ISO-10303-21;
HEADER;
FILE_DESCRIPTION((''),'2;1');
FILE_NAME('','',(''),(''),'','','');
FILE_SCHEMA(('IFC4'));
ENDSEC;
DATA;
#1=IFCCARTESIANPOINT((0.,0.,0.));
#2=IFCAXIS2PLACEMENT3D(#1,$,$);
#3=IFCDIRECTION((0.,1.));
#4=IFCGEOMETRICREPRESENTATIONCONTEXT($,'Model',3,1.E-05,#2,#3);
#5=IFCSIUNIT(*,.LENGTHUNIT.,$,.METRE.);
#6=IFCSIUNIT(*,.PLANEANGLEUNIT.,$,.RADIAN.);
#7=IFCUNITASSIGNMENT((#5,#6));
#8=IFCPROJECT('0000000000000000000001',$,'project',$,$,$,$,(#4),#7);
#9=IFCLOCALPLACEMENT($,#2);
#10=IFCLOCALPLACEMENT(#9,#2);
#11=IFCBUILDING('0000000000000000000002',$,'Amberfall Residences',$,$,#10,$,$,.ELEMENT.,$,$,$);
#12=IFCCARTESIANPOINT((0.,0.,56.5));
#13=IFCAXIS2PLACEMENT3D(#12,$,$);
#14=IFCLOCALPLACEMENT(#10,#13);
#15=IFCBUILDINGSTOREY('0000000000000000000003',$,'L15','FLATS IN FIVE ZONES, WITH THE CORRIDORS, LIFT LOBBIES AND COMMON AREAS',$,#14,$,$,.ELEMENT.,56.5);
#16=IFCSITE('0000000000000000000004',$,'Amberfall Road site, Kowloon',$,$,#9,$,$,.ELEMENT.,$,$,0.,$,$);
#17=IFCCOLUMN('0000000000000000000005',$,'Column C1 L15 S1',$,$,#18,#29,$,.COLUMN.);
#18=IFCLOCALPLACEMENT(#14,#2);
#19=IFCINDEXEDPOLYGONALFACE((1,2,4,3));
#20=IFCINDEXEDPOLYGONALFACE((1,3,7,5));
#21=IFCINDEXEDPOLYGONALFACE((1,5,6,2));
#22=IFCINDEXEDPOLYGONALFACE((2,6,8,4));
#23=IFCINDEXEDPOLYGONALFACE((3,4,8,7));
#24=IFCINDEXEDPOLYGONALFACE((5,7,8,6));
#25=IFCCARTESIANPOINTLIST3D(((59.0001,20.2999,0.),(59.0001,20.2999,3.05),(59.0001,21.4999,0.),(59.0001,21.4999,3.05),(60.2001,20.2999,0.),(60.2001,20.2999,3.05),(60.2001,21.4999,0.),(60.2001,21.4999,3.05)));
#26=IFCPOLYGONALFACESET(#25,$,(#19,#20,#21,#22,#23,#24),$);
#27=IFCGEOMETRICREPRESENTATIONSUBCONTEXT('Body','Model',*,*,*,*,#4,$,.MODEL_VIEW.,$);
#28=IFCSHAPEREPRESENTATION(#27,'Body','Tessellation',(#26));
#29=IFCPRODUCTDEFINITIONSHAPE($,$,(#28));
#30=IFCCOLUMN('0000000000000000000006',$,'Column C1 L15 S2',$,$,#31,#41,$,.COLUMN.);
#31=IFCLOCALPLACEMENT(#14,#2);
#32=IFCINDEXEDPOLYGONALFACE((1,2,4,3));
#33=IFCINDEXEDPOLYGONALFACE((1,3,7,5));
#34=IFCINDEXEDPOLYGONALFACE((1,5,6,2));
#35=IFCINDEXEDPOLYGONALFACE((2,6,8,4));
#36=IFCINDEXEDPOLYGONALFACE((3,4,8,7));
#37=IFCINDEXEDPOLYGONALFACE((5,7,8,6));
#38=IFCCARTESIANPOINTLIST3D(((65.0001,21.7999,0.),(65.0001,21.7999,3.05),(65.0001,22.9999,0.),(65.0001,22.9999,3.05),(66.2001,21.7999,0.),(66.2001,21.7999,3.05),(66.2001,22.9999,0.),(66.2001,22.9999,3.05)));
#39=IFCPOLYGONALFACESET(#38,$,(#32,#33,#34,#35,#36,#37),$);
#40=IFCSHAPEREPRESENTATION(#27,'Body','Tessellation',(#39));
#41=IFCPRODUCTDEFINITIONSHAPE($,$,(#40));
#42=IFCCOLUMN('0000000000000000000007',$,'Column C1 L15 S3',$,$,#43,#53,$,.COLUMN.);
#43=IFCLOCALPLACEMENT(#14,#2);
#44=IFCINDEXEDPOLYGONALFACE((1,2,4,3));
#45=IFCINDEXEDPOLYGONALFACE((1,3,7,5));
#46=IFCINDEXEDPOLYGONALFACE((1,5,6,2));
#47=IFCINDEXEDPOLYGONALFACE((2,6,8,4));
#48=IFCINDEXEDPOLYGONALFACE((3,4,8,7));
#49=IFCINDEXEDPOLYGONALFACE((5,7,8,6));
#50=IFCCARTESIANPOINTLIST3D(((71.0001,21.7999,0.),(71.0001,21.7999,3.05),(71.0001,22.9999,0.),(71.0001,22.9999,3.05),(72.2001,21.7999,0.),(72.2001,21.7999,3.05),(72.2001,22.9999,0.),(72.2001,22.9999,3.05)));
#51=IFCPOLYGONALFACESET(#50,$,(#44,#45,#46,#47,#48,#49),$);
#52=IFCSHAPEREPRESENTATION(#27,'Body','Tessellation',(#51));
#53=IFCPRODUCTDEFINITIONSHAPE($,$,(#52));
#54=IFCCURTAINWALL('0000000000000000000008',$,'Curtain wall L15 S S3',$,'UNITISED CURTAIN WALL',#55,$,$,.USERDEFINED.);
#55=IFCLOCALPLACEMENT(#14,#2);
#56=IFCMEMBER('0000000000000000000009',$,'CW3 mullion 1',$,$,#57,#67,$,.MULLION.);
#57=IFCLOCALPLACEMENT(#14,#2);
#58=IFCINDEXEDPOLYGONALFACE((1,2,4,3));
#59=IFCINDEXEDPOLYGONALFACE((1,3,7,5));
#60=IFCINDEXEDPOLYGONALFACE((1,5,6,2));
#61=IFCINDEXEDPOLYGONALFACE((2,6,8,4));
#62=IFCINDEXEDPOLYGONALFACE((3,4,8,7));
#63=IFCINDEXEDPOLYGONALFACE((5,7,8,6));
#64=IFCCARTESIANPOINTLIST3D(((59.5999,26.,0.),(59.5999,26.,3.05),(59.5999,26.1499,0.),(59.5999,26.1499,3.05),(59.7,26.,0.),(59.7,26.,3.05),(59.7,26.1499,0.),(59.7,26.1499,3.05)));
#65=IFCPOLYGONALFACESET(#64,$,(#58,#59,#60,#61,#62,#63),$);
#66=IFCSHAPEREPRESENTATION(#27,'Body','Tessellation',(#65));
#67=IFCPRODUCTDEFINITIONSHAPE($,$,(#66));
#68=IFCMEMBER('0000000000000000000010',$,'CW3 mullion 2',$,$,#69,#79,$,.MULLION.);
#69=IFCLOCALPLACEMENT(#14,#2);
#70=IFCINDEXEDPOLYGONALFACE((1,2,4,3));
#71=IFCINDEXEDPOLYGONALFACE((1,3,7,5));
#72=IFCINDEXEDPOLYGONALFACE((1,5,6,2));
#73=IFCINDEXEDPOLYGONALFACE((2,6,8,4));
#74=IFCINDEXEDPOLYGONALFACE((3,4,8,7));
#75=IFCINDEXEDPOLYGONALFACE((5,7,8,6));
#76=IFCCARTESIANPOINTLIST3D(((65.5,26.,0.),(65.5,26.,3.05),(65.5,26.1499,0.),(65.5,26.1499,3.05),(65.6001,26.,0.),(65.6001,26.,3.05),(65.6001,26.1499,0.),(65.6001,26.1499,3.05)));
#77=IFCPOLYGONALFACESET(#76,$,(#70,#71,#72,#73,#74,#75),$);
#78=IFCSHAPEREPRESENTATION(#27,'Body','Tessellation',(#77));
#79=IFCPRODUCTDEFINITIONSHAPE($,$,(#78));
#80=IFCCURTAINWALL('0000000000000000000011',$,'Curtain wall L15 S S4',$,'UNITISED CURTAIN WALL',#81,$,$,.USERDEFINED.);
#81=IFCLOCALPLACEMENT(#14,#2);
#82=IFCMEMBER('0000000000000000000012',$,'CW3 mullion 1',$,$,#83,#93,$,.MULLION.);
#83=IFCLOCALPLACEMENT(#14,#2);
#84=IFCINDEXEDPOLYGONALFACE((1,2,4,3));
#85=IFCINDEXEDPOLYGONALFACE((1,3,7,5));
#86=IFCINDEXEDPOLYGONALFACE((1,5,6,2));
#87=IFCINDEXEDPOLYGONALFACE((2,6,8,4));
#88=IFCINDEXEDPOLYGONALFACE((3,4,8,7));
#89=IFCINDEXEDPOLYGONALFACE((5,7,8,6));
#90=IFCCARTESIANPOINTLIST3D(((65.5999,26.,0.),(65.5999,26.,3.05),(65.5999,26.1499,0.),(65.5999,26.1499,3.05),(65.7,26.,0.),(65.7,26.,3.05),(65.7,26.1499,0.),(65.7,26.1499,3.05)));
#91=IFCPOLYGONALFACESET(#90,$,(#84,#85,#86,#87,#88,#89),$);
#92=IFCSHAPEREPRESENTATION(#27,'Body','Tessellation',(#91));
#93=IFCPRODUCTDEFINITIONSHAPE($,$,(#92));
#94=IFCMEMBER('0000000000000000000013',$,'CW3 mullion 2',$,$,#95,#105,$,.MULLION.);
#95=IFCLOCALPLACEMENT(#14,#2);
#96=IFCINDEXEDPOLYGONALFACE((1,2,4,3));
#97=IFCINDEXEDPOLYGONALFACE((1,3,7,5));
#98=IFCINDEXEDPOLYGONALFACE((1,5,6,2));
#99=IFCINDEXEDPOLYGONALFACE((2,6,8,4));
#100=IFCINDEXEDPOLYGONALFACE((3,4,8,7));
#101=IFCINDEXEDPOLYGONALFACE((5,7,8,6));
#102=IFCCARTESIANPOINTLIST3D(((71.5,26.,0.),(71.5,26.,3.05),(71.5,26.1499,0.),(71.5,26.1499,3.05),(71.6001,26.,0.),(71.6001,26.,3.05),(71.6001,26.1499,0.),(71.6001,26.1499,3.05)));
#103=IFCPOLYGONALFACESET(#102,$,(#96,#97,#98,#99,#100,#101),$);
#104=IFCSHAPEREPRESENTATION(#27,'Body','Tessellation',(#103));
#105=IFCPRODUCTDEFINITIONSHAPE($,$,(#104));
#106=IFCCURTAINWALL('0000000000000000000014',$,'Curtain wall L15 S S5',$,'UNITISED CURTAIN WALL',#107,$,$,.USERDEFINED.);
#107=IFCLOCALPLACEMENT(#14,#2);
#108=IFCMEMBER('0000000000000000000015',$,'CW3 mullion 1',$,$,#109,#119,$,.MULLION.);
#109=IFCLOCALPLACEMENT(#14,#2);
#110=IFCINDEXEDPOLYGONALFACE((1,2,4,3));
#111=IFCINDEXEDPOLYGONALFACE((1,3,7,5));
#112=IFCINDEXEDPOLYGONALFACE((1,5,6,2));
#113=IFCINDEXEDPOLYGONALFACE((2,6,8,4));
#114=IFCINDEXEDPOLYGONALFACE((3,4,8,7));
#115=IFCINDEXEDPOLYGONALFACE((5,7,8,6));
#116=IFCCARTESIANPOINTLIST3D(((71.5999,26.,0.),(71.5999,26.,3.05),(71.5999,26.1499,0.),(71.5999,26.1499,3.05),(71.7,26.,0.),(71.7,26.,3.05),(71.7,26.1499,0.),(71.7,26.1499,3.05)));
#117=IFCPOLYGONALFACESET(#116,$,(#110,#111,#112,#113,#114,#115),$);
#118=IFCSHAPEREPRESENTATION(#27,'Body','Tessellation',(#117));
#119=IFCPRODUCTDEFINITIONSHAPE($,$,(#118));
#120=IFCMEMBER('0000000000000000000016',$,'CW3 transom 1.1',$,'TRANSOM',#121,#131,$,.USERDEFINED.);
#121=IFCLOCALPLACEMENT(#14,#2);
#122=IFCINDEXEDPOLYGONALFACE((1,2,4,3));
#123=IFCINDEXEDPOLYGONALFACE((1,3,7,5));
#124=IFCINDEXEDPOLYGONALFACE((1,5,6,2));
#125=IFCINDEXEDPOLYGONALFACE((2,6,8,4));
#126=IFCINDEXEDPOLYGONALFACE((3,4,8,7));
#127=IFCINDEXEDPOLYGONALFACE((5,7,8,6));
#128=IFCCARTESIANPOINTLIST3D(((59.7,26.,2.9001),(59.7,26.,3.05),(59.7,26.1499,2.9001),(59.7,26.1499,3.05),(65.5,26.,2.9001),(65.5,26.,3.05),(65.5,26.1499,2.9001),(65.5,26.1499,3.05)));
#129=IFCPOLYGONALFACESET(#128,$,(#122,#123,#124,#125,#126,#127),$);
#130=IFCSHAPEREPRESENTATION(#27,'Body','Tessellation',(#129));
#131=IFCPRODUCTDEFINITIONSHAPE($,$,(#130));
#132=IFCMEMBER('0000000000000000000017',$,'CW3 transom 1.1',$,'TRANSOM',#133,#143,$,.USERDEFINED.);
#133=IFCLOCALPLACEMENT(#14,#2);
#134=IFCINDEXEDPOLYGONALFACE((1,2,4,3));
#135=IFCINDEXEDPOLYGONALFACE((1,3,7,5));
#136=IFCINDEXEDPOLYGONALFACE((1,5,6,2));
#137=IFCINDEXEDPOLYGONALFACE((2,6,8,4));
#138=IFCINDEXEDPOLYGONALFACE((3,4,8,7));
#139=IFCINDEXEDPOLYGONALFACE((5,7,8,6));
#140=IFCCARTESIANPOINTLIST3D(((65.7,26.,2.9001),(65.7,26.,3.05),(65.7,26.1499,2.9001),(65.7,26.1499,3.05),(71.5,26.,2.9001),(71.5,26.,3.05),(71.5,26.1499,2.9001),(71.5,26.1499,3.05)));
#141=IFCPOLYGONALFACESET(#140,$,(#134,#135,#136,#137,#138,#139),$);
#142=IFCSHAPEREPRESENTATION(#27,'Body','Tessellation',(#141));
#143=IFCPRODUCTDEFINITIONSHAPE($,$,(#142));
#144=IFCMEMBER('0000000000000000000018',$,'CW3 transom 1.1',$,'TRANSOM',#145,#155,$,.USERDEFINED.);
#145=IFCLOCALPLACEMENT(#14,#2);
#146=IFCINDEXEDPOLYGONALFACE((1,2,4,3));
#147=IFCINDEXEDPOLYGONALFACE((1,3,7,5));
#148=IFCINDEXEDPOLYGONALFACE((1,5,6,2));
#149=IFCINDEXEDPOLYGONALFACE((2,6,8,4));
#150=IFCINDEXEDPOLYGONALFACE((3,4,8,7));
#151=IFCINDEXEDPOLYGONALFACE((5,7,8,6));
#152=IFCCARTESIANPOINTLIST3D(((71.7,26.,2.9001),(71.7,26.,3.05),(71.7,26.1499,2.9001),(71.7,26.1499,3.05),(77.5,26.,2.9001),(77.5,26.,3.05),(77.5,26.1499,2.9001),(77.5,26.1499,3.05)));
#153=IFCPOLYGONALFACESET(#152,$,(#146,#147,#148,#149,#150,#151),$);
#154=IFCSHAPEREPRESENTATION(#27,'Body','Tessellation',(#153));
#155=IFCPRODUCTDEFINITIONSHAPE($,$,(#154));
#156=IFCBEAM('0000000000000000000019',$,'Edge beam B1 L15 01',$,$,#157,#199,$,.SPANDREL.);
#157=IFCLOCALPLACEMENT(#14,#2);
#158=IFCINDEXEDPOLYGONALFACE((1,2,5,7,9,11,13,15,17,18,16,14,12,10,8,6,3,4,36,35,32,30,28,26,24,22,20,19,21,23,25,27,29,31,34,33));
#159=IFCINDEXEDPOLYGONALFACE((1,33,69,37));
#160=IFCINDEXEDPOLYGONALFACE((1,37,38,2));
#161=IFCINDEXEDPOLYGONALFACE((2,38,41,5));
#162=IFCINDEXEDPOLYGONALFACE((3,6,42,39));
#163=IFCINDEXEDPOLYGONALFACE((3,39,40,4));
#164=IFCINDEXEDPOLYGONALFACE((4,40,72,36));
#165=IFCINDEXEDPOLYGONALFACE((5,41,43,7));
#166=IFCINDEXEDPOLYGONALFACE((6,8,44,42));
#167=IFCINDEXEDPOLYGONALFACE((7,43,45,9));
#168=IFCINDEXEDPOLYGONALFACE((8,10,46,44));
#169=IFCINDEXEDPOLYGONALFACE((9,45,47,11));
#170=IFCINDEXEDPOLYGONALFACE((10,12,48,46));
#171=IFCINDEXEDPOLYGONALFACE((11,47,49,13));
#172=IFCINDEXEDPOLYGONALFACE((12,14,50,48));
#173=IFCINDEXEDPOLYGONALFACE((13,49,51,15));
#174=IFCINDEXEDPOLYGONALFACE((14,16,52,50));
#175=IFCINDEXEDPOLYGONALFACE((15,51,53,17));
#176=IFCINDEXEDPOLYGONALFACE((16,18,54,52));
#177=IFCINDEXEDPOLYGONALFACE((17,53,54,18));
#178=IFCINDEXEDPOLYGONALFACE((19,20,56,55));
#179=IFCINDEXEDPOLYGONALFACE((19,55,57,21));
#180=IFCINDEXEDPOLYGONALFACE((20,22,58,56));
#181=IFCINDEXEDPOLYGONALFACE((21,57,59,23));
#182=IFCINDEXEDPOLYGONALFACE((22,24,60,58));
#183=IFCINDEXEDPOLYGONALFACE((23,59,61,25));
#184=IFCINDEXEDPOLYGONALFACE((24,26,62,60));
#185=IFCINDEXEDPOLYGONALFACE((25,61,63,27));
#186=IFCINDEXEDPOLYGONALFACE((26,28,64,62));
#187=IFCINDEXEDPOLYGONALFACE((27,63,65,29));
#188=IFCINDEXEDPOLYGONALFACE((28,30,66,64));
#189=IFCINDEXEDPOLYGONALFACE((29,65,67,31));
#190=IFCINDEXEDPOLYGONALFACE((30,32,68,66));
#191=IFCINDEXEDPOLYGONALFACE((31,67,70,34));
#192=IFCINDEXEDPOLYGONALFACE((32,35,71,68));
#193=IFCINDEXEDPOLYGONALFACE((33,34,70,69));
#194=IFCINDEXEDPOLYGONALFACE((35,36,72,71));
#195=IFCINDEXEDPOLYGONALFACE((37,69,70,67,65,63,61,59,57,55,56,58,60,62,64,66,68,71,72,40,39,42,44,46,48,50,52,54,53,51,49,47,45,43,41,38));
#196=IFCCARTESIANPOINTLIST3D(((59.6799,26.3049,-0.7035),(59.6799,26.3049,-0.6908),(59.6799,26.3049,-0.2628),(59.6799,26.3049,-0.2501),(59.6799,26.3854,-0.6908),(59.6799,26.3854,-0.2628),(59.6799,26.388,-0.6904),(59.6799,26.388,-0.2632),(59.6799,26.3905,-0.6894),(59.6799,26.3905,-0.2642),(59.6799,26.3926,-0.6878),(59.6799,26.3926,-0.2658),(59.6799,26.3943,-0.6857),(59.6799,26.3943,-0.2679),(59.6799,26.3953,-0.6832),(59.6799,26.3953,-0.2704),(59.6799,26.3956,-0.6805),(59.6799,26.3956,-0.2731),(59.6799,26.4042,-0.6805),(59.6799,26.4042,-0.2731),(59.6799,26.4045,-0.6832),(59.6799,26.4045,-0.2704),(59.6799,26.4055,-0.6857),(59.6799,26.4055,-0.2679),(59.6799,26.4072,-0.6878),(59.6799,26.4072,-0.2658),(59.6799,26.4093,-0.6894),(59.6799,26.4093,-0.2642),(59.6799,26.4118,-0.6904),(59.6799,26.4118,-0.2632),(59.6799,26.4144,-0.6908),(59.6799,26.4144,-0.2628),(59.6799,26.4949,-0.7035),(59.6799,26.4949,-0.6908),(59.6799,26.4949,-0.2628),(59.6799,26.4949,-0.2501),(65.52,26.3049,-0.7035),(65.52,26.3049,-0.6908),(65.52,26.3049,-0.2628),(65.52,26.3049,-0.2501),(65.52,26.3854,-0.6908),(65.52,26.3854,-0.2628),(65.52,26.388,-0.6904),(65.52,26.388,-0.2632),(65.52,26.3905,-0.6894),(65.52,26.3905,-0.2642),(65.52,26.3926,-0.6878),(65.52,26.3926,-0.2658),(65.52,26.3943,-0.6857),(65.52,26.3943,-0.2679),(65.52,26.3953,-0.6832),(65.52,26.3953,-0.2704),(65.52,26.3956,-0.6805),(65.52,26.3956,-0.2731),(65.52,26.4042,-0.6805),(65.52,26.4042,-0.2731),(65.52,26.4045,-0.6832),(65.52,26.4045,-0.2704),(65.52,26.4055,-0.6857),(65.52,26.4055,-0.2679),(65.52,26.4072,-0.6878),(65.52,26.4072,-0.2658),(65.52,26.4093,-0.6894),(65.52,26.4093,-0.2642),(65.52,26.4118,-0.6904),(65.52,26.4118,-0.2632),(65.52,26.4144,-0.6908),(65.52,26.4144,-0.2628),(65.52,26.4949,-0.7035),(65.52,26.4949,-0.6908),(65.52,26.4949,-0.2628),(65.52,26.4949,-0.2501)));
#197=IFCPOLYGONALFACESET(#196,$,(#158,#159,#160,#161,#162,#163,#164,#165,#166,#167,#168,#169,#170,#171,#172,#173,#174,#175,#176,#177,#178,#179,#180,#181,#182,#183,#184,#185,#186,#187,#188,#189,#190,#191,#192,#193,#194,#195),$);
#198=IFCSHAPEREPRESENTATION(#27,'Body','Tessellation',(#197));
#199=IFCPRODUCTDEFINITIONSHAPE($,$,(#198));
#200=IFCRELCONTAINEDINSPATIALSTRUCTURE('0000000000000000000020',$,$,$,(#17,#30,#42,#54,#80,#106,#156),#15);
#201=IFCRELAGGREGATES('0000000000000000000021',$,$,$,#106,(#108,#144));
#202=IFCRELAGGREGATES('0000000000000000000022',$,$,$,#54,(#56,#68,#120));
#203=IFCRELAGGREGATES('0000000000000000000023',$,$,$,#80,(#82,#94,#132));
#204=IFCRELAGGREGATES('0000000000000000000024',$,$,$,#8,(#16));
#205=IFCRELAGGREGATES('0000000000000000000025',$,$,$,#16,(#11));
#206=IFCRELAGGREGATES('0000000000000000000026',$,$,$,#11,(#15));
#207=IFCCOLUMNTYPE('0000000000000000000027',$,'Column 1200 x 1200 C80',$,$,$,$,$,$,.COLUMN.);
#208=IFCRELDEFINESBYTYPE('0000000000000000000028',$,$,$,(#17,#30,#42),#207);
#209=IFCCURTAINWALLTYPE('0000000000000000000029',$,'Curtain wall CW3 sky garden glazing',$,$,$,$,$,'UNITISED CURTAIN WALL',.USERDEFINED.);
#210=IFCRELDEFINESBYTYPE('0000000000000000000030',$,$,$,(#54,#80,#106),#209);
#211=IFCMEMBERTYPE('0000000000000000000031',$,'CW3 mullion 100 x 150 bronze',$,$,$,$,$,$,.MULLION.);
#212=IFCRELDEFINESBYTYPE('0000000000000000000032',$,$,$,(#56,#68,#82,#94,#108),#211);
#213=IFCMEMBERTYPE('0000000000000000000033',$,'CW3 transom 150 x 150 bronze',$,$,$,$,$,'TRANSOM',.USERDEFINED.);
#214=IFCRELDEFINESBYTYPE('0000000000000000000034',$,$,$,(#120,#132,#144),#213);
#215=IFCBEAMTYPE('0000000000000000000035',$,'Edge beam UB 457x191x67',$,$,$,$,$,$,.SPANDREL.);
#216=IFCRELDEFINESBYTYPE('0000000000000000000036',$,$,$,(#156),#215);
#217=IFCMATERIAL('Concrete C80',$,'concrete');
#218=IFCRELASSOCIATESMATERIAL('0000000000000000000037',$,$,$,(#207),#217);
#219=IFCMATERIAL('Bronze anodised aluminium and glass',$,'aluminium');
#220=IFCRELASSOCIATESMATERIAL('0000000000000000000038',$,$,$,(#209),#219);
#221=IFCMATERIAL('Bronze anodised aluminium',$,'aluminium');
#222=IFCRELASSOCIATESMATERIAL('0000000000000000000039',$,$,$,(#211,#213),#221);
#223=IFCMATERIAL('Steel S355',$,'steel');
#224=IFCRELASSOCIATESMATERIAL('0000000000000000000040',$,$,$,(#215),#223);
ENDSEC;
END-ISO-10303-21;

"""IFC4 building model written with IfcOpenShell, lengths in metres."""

from ifc_helpers import new_model, si_unit, direction, frame, origin, origin_2d, place, context, subcontext, project, spatial, rectangle, i_section, extrude, material, material_profile, profile_set, type_object, element, aggregate, save


model = new_model("IFC4")

# Units and contexts
model_context = context("Model", 3, precision=1e-05, world=origin(), true_north=direction((0.0, 1.0)))
body_context = subcontext(model_context, "Body", "Model", "MODEL_VIEW")
ifc_project = project(units=[si_unit("LENGTHUNIT", "METRE"), si_unit("PLANEANGLEUNIT", "RADIAN")], contexts=[model_context])

# Site, building, storey
site_placement = place(None, origin())
site = spatial("IfcSite", under=ifc_project, at=site_placement, Name="Amberfall Road site, Kowloon", CompositionType="ELEMENT", RefElevation=0.0)
building_placement = place(site_placement, origin())
building = spatial("IfcBuilding", under=site, at=building_placement, Name="Amberfall Residences", CompositionType="ELEMENT")
storey_placement = place(building_placement, frame((0.0, 0.0, 56.5)))
storey = spatial("IfcBuildingStorey", under=building, at=storey_placement, Name="L15", Description="FLATS IN FIVE ZONES, WITH THE CORRIDORS, LIFT LOBBIES AND COMMON AREAS", CompositionType="ELEMENT", Elevation=56.5)

# Columns
ifc_material_1 = material(Name="Concrete C80", Category="concrete")
ifc_material_profile_1 = material_profile(ifc_material_1, rectangle(XDim=1.2, YDim=1.2, at=origin_2d()), Name="Column 1200 x 1200 C80")
ifc_profile_set_1 = profile_set([ifc_material_profile_1], Name="Concrete C80")
column_type = type_object("IfcColumnType", Name="Column 1200 x 1200 C80", PredefinedType="COLUMN", material=ifc_profile_set_1)
for number, where, z_axis, x_axis, name in (
    (1, (59.6001, 20.8999, 0.0), (0.0, 0.0, 1.0), (1.0, 0.0, 0.0), "Column C1 L15 S1"),
    (2, (65.6001, 22.3999, 0.0), (0.0, 0.0, 1.0), (1.0, 0.0, 0.0), "Column C1 L15 S2"),
    (3, (71.6001, 22.3999, 0.0), (0.0, 0.0, 1.0), (1.0, 0.0, 0.0), "Column C1 L15 S3"),
):
    element("IfcColumn", number, at=place(storey_placement, frame(where, z_axis=z_axis, x_axis=x_axis)), inside=storey, type_object=column_type, Name=name, PredefinedType="COLUMN", context=body_context, shape_type="SweptSolid", body=[
        extrude(rectangle(XDim=1.2, YDim=1.2, at=origin_2d()), origin(), (0.0, 0.0, 1.0), 3.05),
    ])

# Curtain walls, members
ifc_material_2 = material(Name="Bronze anodised aluminium and glass", Category="aluminium")
curtain_wall_type = type_object("IfcCurtainWallType", Name="Curtain wall CW3 sky garden glazing", ElementType="UNITISED CURTAIN WALL", PredefinedType="USERDEFINED", material=ifc_material_2)
curtain_wall_1_placement = place(storey_placement, origin())
curtain_wall_1 = element("IfcCurtainWall", 4, at=curtain_wall_1_placement, inside=storey, type_object=curtain_wall_type, Name="Curtain wall L15 S S3", ObjectType="UNITISED CURTAIN WALL", PredefinedType="USERDEFINED")
ifc_material_3 = material(Name="Bronze anodised aluminium", Category="aluminium")
ifc_material_profile_2 = material_profile(ifc_material_3, rectangle(XDim=0.1499, YDim=0.1001, at=origin_2d()), Name="CW3 mullion 100 x 150 bronze")
ifc_profile_set_2 = profile_set([ifc_material_profile_2], Name="Bronze anodised aluminium")
member_type_1 = type_object("IfcMemberType", Name="CW3 mullion 100 x 150 bronze", PredefinedType="MULLION", material=ifc_profile_set_2)
member_1_placement = place(storey_placement, frame((59.6499, 26.075, 0.0), z_axis=(0.0, 0.0, 1.0), x_axis=(0.0, 1.0, 0.0)))
member_1 = element("IfcMember", 5, at=member_1_placement, type_object=member_type_1, Name="CW3 mullion 1", PredefinedType="MULLION", context=body_context, shape_type="SweptSolid", body=[
    extrude(rectangle(XDim=0.1499, YDim=0.1001, at=origin_2d()), origin(), (0.0, 0.0, 1.0), 3.05),
])
member_2_placement = place(storey_placement, frame((65.55, 26.075, 0.0), z_axis=(0.0, 0.0, 1.0), x_axis=(0.0, 1.0, 0.0)))
member_2 = element("IfcMember", 6, at=member_2_placement, type_object=member_type_1, Name="CW3 mullion 2", PredefinedType="MULLION", context=body_context, shape_type="SweptSolid", body=[
    extrude(rectangle(XDim=0.1499, YDim=0.1001, at=origin_2d()), origin(), (0.0, 0.0, 1.0), 3.05),
])
curtain_wall_2_placement = place(storey_placement, origin())
curtain_wall_2 = element("IfcCurtainWall", 7, at=curtain_wall_2_placement, inside=storey, type_object=curtain_wall_type, Name="Curtain wall L15 S S4", ObjectType="UNITISED CURTAIN WALL", PredefinedType="USERDEFINED")
member_3_placement = place(storey_placement, frame((65.6499, 26.075, 0.0), z_axis=(0.0, 0.0, 1.0), x_axis=(0.0, 1.0, 0.0)))
member_3 = element("IfcMember", 8, at=member_3_placement, type_object=member_type_1, Name="CW3 mullion 1", PredefinedType="MULLION", context=body_context, shape_type="SweptSolid", body=[
    extrude(rectangle(XDim=0.1499, YDim=0.1001, at=origin_2d()), origin(), (0.0, 0.0, 1.0), 3.05),
])
member_4_placement = place(storey_placement, frame((71.55, 26.075, 0.0), z_axis=(0.0, 0.0, 1.0), x_axis=(0.0, 1.0, 0.0)))
member_4 = element("IfcMember", 9, at=member_4_placement, type_object=member_type_1, Name="CW3 mullion 2", PredefinedType="MULLION", context=body_context, shape_type="SweptSolid", body=[
    extrude(rectangle(XDim=0.1499, YDim=0.1001, at=origin_2d()), origin(), (0.0, 0.0, 1.0), 3.05),
])

# Curtain wall, member
curtain_wall_3_placement = place(storey_placement, origin())
curtain_wall_3 = element("IfcCurtainWall", 10, at=curtain_wall_3_placement, inside=storey, type_object=curtain_wall_type, Name="Curtain wall L15 S S5", ObjectType="UNITISED CURTAIN WALL", PredefinedType="USERDEFINED")
member_5_placement = place(storey_placement, frame((71.6499, 26.075, 0.0), z_axis=(0.0, 0.0, 1.0), x_axis=(0.0, 1.0, 0.0)))
member_5 = element("IfcMember", 11, at=member_5_placement, type_object=member_type_1, Name="CW3 mullion 1", PredefinedType="MULLION", context=body_context, shape_type="SweptSolid", body=[
    extrude(rectangle(XDim=0.1499, YDim=0.1001, at=origin_2d()), origin(), (0.0, 0.0, 1.0), 3.05),
])

# Members
ifc_material_profile_3 = material_profile(ifc_material_3, rectangle(XDim=0.1499, YDim=0.1499, at=origin_2d()), Name="CW3 transom 150 x 150 bronze")
ifc_profile_set_3 = profile_set([ifc_material_profile_3], Name="Bronze anodised aluminium")
member_type_2 = type_object("IfcMemberType", Name="CW3 transom 150 x 150 bronze", ElementType="TRANSOM", PredefinedType="USERDEFINED", material=ifc_profile_set_3)
member_6_placement = place(storey_placement, frame((59.7, 26.075, 2.9751), z_axis=(1.0, 0.0, 0.0), x_axis=(0.0, 1.0, 0.0)))
member_6 = element("IfcMember", 12, at=member_6_placement, type_object=member_type_2, Name="CW3 transom 1.1", ObjectType="TRANSOM", PredefinedType="USERDEFINED", context=body_context, shape_type="SweptSolid", body=[
    extrude(rectangle(XDim=0.1499, YDim=0.1499, at=origin_2d()), origin(), (0.0, 0.0, 1.0), 5.8),
])
member_7_placement = place(storey_placement, frame((65.7, 26.075, 2.9751), z_axis=(1.0, 0.0, 0.0), x_axis=(0.0, 1.0, 0.0)))
member_7 = element("IfcMember", 13, at=member_7_placement, type_object=member_type_2, Name="CW3 transom 1.1", ObjectType="TRANSOM", PredefinedType="USERDEFINED", context=body_context, shape_type="SweptSolid", body=[
    extrude(rectangle(XDim=0.1499, YDim=0.1499, at=origin_2d()), origin(), (0.0, 0.0, 1.0), 5.8),
])
member_8_placement = place(storey_placement, frame((71.7, 26.075, 2.9751), z_axis=(1.0, 0.0, 0.0), x_axis=(0.0, 1.0, 0.0)))
member_8 = element("IfcMember", 14, at=member_8_placement, type_object=member_type_2, Name="CW3 transom 1.1", ObjectType="TRANSOM", PredefinedType="USERDEFINED", context=body_context, shape_type="SweptSolid", body=[
    extrude(rectangle(XDim=0.1499, YDim=0.1499, at=origin_2d()), origin(), (0.0, 0.0, 1.0), 5.8),
])
aggregate(curtain_wall_3, [member_5, member_8])

# Beam
ifc_material_4 = material(Name="Steel S355", Category="steel")
ifc_material_profile_4 = material_profile(ifc_material_4, i_section(OverallWidth=0.1899, OverallDepth=0.4534, WebThickness=0.0085, FlangeThickness=0.0127, FilletRadius=0.0103, at=origin_2d()), Name="UB 457x191x67")
ifc_profile_set_4 = profile_set([ifc_material_profile_4], Name="Steel S355")
beam_type_1 = type_object("IfcBeamType", Name="Edge beam UB 457x191x67", PredefinedType="SPANDREL", material=ifc_profile_set_4)
for number, where, z_axis, x_axis, name in (
    (15, (59.6799, 26.3999, -0.4768), (1.0, 0.0, 0.0), (0.0, 1.0, 0.0), "Edge beam B1 L15 01"),
):
    element("IfcBeam", number, at=place(storey_placement, frame(where, z_axis=z_axis, x_axis=x_axis)), inside=storey, type_object=beam_type_1, Name=name, PredefinedType="SPANDREL", context=body_context, shape_type="SweptSolid", body=[
        extrude(i_section(OverallWidth=0.1899, OverallDepth=0.4534, WebThickness=0.0085, FlangeThickness=0.0127, FilletRadius=0.0103, at=origin_2d()), origin(), (0.0, 0.0, 1.0), 5.8401),
    ])

aggregate(curtain_wall_1, [member_1, member_2, member_6])
aggregate(curtain_wall_2, [member_3, member_4, member_7])

save(model, "model.ifc")
